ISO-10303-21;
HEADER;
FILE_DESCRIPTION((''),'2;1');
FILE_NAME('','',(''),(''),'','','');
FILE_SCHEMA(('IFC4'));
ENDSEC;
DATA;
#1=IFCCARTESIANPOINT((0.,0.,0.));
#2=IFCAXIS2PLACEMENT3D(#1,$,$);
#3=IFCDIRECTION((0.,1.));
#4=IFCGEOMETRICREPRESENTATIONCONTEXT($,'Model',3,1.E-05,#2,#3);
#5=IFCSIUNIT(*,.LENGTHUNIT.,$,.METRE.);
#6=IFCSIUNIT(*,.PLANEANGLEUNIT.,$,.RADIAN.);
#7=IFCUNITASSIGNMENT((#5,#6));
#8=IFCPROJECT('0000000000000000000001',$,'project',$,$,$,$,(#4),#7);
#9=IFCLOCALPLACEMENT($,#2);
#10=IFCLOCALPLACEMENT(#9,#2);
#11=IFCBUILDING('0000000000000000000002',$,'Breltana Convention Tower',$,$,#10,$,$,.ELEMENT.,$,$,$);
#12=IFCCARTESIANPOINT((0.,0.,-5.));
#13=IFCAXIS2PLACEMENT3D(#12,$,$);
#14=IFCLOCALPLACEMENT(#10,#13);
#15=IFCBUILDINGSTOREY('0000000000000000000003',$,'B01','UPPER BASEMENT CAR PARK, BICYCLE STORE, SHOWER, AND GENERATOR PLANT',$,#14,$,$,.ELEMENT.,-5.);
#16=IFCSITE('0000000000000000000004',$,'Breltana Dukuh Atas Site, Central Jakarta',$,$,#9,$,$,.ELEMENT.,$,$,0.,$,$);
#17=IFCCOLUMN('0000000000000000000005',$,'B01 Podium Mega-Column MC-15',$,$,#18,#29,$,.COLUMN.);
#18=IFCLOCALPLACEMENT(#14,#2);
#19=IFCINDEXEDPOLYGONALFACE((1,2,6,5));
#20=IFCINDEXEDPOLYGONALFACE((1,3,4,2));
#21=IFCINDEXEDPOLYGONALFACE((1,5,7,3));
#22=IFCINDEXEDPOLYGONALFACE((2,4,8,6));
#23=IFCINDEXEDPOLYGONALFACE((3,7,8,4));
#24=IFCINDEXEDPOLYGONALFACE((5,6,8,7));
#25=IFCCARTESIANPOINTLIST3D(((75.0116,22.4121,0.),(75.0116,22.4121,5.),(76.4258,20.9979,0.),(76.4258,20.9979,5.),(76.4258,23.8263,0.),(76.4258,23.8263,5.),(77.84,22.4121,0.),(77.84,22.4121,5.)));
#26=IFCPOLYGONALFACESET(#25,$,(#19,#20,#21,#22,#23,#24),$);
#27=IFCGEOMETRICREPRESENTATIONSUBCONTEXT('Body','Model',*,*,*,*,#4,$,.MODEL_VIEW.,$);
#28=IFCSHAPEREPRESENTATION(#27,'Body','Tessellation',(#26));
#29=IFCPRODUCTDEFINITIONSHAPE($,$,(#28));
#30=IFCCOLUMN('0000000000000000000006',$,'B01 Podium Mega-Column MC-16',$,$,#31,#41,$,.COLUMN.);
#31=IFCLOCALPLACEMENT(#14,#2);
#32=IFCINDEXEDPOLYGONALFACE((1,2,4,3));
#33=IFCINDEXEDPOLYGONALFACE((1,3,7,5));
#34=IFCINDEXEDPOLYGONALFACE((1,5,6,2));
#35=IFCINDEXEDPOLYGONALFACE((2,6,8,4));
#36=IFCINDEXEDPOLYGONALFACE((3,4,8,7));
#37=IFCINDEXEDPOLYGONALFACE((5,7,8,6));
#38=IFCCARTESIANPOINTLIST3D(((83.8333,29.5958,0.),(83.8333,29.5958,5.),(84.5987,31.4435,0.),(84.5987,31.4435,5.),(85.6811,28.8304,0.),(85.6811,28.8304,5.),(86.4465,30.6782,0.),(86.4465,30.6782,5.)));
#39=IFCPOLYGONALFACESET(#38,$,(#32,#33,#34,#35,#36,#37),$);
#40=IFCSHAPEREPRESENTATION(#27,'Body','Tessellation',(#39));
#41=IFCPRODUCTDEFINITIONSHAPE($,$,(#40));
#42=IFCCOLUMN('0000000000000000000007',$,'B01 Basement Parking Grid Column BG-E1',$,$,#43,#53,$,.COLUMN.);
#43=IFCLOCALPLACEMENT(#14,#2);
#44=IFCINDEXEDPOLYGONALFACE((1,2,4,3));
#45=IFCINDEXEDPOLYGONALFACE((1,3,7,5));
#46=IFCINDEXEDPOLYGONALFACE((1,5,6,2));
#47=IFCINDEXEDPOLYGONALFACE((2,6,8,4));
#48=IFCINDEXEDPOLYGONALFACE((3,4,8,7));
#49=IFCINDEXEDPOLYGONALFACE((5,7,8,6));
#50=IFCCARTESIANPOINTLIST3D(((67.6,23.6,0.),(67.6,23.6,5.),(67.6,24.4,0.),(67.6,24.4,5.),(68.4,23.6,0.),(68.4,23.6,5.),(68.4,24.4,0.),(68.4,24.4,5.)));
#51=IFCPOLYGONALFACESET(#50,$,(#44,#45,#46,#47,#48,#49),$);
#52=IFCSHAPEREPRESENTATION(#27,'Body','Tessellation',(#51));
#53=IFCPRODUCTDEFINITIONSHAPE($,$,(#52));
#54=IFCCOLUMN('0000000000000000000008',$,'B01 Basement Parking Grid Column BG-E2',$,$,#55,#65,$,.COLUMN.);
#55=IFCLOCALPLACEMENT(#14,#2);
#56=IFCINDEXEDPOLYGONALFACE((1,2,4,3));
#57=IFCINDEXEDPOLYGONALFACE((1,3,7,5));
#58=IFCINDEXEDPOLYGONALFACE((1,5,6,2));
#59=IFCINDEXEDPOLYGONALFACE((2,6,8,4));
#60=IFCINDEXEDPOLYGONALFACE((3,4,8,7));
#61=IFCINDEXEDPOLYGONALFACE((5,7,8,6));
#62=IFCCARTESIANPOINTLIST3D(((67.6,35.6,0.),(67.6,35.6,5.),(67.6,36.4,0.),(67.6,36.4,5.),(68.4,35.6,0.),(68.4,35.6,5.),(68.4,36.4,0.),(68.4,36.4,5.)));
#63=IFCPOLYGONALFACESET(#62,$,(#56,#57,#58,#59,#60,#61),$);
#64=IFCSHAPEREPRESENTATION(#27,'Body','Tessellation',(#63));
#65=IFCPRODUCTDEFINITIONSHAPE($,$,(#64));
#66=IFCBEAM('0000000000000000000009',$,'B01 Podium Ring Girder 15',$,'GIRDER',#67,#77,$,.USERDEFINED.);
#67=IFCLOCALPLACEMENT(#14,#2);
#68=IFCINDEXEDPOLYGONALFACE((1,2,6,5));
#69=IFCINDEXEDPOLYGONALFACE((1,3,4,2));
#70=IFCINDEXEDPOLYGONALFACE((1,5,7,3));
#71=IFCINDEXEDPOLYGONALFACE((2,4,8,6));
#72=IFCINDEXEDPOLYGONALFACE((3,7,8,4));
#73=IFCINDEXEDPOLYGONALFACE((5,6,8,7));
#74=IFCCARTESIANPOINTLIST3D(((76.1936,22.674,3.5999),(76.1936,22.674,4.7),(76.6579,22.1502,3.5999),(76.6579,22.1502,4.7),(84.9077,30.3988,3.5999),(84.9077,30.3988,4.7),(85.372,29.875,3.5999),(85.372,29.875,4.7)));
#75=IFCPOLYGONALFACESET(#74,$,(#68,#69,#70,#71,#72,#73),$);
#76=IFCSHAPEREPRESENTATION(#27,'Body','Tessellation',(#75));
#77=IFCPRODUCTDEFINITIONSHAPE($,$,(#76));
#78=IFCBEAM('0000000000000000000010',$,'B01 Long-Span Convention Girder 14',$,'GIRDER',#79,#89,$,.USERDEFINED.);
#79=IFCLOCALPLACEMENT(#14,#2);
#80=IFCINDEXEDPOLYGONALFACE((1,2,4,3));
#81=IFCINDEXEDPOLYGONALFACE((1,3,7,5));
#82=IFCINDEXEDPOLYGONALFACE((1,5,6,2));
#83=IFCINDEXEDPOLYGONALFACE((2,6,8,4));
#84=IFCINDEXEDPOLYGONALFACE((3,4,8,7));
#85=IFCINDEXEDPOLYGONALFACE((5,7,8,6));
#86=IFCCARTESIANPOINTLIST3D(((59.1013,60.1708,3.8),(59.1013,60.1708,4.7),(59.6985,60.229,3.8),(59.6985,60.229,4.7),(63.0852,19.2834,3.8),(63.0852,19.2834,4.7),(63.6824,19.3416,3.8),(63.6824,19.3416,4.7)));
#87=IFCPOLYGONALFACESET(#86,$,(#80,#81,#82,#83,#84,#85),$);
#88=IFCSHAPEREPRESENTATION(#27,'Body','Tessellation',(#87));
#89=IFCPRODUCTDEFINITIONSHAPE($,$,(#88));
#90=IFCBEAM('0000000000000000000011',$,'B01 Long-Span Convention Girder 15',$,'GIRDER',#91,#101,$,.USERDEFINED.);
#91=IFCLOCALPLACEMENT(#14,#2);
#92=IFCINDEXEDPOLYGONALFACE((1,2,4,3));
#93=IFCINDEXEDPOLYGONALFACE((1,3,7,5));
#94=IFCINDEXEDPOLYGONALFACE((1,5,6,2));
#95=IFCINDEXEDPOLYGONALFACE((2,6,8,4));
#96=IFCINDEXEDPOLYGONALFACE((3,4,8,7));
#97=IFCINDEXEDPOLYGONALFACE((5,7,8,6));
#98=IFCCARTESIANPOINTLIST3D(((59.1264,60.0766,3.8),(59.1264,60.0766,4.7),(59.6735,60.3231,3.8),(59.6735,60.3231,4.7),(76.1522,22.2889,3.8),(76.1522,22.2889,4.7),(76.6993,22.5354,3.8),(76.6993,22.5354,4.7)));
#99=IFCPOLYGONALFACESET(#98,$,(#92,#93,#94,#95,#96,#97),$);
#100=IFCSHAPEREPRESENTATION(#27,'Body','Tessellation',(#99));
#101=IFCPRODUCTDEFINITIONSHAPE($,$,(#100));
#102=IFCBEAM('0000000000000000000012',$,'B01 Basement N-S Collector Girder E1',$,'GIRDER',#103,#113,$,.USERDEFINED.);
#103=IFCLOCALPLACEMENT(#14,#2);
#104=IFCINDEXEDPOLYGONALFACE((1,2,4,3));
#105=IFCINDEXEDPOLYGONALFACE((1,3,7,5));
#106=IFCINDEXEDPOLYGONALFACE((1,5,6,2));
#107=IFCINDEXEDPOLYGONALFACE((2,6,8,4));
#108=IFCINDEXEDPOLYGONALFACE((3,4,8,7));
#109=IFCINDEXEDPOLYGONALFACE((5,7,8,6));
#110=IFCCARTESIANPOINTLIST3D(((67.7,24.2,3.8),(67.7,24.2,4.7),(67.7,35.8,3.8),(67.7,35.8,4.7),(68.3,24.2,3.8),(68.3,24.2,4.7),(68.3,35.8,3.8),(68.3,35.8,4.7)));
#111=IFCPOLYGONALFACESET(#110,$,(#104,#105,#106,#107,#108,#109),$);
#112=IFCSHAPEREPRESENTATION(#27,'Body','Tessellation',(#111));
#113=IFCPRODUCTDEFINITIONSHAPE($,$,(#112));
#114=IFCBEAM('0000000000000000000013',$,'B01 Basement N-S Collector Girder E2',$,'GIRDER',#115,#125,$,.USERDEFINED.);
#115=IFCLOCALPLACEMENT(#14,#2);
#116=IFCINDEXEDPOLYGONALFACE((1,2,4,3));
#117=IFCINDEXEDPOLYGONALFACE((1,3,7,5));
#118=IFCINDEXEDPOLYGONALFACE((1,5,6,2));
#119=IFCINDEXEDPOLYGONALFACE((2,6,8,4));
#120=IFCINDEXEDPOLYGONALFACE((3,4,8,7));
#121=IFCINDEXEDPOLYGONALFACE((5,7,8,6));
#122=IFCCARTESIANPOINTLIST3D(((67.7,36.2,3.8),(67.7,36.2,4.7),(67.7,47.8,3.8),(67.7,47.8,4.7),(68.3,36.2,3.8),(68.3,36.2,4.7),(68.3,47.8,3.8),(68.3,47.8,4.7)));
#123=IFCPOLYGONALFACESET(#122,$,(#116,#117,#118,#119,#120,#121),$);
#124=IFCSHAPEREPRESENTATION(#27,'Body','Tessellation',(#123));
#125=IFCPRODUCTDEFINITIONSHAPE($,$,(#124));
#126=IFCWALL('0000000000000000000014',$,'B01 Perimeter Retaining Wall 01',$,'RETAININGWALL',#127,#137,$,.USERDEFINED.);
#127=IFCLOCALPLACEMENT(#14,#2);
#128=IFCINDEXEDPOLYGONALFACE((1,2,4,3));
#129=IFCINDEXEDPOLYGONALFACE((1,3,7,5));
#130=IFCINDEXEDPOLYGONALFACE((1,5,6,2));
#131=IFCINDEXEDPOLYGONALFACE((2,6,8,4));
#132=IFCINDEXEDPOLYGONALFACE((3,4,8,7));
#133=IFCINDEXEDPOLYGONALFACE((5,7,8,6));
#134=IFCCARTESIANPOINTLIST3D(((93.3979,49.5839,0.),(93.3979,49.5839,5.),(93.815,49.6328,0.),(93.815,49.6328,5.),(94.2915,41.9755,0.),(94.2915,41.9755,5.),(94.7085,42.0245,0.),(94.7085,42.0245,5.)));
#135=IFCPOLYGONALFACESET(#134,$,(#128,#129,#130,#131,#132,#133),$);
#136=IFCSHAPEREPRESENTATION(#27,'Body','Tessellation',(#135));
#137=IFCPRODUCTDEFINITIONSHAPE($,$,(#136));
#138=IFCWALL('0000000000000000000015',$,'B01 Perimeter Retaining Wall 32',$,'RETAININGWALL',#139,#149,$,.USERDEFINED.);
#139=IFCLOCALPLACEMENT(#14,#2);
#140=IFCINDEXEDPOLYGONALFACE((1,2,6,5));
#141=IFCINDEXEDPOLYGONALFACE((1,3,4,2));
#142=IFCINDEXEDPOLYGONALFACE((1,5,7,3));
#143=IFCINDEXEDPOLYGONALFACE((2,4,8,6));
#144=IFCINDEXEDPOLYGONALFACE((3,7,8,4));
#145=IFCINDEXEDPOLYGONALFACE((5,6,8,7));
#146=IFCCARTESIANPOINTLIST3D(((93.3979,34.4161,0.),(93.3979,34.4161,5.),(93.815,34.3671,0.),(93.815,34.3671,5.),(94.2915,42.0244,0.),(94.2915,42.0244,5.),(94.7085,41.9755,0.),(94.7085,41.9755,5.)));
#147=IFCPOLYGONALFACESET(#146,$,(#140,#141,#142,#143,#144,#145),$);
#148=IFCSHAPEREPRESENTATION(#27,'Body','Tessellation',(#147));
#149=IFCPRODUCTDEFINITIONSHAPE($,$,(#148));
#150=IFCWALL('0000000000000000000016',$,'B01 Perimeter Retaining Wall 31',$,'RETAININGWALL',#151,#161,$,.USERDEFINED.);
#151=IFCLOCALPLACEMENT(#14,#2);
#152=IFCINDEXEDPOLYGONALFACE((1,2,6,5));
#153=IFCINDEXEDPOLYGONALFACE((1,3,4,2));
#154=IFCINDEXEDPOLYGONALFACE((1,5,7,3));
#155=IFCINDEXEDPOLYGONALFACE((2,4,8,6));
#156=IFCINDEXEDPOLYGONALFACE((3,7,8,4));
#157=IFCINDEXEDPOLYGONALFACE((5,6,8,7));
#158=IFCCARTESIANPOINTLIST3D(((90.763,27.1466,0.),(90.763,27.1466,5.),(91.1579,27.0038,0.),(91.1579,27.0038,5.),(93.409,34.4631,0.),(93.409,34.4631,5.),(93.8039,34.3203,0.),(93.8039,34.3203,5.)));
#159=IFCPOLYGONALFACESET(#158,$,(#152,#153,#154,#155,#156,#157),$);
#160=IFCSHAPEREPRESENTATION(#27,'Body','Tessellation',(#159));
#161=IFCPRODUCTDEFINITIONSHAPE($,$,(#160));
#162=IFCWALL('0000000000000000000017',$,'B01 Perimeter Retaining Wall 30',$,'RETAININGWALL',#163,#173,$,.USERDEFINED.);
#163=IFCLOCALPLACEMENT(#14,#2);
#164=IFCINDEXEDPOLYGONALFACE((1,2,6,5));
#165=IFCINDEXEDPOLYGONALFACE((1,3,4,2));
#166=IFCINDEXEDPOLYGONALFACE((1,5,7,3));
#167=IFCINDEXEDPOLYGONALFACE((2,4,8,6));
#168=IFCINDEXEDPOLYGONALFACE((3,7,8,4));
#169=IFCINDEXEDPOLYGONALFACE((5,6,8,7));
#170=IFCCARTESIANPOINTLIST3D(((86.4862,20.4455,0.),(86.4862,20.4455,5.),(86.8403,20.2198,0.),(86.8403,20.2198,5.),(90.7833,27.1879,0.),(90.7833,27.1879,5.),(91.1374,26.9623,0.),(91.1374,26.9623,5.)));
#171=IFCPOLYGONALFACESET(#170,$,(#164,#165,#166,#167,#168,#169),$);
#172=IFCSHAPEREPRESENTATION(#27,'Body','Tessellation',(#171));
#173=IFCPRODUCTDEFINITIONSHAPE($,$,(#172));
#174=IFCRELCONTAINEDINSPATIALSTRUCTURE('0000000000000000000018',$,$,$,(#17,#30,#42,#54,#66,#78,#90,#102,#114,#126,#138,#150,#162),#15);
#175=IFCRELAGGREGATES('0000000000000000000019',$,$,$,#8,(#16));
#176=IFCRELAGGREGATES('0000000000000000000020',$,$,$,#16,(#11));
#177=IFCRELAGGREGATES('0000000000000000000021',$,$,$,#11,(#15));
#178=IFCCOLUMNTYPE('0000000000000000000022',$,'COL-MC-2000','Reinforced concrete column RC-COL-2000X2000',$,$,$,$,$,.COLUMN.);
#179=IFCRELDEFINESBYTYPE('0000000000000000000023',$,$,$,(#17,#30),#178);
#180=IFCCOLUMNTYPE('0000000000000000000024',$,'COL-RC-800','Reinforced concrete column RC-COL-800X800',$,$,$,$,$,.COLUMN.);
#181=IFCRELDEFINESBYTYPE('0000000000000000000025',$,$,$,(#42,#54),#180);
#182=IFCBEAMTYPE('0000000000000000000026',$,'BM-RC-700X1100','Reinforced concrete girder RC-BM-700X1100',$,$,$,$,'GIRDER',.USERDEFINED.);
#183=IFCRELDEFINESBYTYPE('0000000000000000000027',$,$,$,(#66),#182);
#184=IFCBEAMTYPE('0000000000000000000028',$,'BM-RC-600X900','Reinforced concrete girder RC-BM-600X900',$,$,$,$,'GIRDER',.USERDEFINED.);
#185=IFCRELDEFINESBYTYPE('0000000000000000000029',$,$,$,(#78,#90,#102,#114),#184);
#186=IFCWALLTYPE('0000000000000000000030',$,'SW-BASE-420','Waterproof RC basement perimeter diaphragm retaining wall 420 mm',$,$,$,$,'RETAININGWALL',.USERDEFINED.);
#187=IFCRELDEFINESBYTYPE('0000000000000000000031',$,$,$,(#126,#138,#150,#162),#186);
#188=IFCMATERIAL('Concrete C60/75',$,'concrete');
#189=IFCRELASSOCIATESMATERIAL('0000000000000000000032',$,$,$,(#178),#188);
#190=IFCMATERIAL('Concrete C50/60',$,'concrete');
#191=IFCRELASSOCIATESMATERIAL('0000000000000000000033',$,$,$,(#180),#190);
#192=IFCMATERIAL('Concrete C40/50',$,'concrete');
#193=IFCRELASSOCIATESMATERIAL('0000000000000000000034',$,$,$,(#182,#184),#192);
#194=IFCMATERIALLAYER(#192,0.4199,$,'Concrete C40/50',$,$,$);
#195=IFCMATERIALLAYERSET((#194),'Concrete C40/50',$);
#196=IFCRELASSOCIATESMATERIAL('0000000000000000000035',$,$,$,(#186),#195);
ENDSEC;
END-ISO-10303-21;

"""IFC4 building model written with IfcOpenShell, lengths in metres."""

from ifc_helpers import new_model, si_unit, direction, frame, frame_2d, origin, origin_2d, place, context, subcontext, project, spatial, rectangle, extrude, source, transform, mapped, material, layer, layer_set, material_profile, profile_set, type_object, type_shapes, element, save


model = new_model("IFC4")

# Units and contexts
model_context = context("Model", 3, precision=1e-05, world=origin(), true_north=direction((0.0, 1.0)))
body_context = subcontext(model_context, "Body", "Model", "MODEL_VIEW")
ifc_project = project(units=[si_unit("LENGTHUNIT", "METRE"), si_unit("PLANEANGLEUNIT", "RADIAN")], contexts=[model_context])

# Site, building, storey
site_placement = place(None, origin())
site = spatial("IfcSite", under=ifc_project, at=site_placement, Name="Breltana Dukuh Atas Site, Central Jakarta", CompositionType="ELEMENT", RefElevation=0.0)
building_placement = place(site_placement, origin())
building = spatial("IfcBuilding", under=site, at=building_placement, Name="Breltana Convention Tower", CompositionType="ELEMENT")
storey_placement = place(building_placement, frame((0.0, 0.0, -5.0)))
storey = spatial("IfcBuildingStorey", under=building, at=storey_placement, Name="B01", Description="UPPER BASEMENT CAR PARK, BICYCLE STORE, SHOWER, AND GENERATOR PLANT", CompositionType="ELEMENT", Elevation=-5.0)

# Columns
ifc_material_1 = material(Name="Concrete C60/75", Category="concrete")
ifc_material_profile_1 = material_profile(ifc_material_1, rectangle(XDim=2.0, YDim=2.0, at=origin_2d()), Name="RC-COL-2000X2000")
ifc_profile_set_1 = profile_set([ifc_material_profile_1], Name="Concrete C60/75")
column_type_1 = type_object("IfcColumnType", Name="COL-MC-2000", Description="Reinforced concrete column RC-COL-2000X2000", PredefinedType="COLUMN", material=ifc_profile_set_1)
shared_shape_1 = source(origin(), body_context, "Body", "SweptSolid", [
    extrude(rectangle(XDim=2.0, YDim=2.0, at=origin_2d()), origin(), (0.0, 0.0, 1.0), 5.0),
])
type_shapes(column_type_1, [shared_shape_1])
for number, where, z_axis, x_axis, name in (
    (1, (76.4258, 22.4121, 0.0), (0.0, 0.0, 1.0), (0.707107, -0.707107, 0.0), "B01 Podium Mega-Column MC-15"),
    (2, (85.1399, 30.137, 0.0), (0.0, 0.0, 1.0), (0.92388, -0.382683, 0.0), "B01 Podium Mega-Column MC-16"),
):
    element("IfcColumn", number, at=place(storey_placement, frame(where, z_axis=z_axis, x_axis=x_axis)), inside=storey, type_object=column_type_1, Name=name, PredefinedType="COLUMN", context=body_context, shape_type="MappedRepresentation", body=[
        mapped(shared_shape_1, transform((0.0, 0.0, 0.0), scale=1.0)),
    ])
ifc_material_2 = material(Name="Concrete C50/60", Category="concrete")
ifc_material_profile_2 = material_profile(ifc_material_2, rectangle(XDim=0.8, YDim=0.8, at=origin_2d()), Name="RC-COL-800X800")
ifc_profile_set_2 = profile_set([ifc_material_profile_2], Name="Concrete C50/60")
column_type_2 = type_object("IfcColumnType", Name="COL-RC-800", Description="Reinforced concrete column RC-COL-800X800", PredefinedType="COLUMN", material=ifc_profile_set_2)
shared_shape_2 = source(origin(), body_context, "Body", "SweptSolid", [
    extrude(rectangle(XDim=0.8, YDim=0.8, at=origin_2d()), origin(), (0.0, 0.0, 1.0), 5.0),
])
type_shapes(column_type_2, [shared_shape_2])
for number, where, z_axis, x_axis, name in (
    (3, (68.0, 24.0, 0.0), (0.0, 0.0, 1.0), (1.0, 0.0, 0.0), "B01 Basement Parking Grid Column BG-E1"),
    (4, (68.0, 36.0, 0.0), (0.0, 0.0, 1.0), (1.0, 0.0, 0.0), "B01 Basement Parking Grid Column BG-E2"),
):
    element("IfcColumn", number, at=place(storey_placement, frame(where, z_axis=z_axis, x_axis=x_axis)), inside=storey, type_object=column_type_2, Name=name, PredefinedType="COLUMN", context=body_context, shape_type="MappedRepresentation", body=[
        mapped(shared_shape_2, transform((0.0, 0.0, 0.0), scale=1.0)),
    ])

# Beams
ifc_material_3 = material(Name="Concrete C40/50", Category="concrete")
ifc_material_profile_3 = material_profile(ifc_material_3, rectangle(XDim=0.7, YDim=1.1001, at=origin_2d()), Name="RC-BM-700X1100")
ifc_profile_set_3 = profile_set([ifc_material_profile_3], Name="Concrete C40/50")
beam_type_1 = type_object("IfcBeamType", Name="BM-RC-700X1100", Description="Reinforced concrete girder RC-BM-700X1100", ElementType="GIRDER", PredefinedType="USERDEFINED", material=ifc_profile_set_3)
shared_shape_3 = source(origin(), body_context, "Body", "SweptSolid", [
    extrude(rectangle(XDim=0.7, YDim=1.1001, at=origin_2d()), origin(), (0.0, 0.0, 1.0), 11.645),
])
beam_1_placement = place(storey_placement, frame((76.4258, 22.4121, 4.1499), z_axis=(0.748305, 0.663355, 0.0), x_axis=(-0.663355, 0.748305, 0.0)))
element("IfcBeam", 5, at=beam_1_placement, inside=storey, type_object=beam_type_1, Name="B01 Podium Ring Girder 15", ObjectType="GIRDER", PredefinedType="USERDEFINED", context=body_context, shape_type="MappedRepresentation", body=[
    mapped(shared_shape_3, transform((0.0, 0.0, 0.0), scale=1.0)),
])
ifc_material_profile_4 = material_profile(ifc_material_3, rectangle(XDim=0.6001, YDim=0.8999, at=origin_2d()), Name="RC-BM-600X900")
ifc_profile_set_4 = profile_set([ifc_material_profile_4], Name="Concrete C40/50")
beam_type_2 = type_object("IfcBeamType", Name="BM-RC-600X900", Description="Reinforced concrete girder RC-BM-600X900", ElementType="GIRDER", PredefinedType="USERDEFINED", material=ifc_profile_set_4)
shared_shape_4 = source(origin(), body_context, "Body", "SweptSolid", [
    extrude(rectangle(XDim=0.6001, YDim=0.8999, at=origin_2d()), origin(), (0.0, 0.0, 1.0), 41.0811),
])
beam_2_placement = place(storey_placement, frame((63.3838, 19.3125, 4.25), z_axis=(-0.096976, 0.995287, 0.0), x_axis=(-0.995287, -0.096976, 0.0)))
element("IfcBeam", 6, at=beam_2_placement, inside=storey, type_object=beam_type_2, Name="B01 Long-Span Convention Girder 14", ObjectType="GIRDER", PredefinedType="USERDEFINED", context=body_context, shape_type="MappedRepresentation", body=[
    mapped(shared_shape_4, transform((0.0, 0.0, 0.0), scale=1.0)),
])
shared_shape_5 = source(origin(), body_context, "Body", "SweptSolid", [
    extrude(rectangle(XDim=0.6001, YDim=0.8999, at=origin_2d()), origin(), (0.0, 0.0, 1.0), 41.4463),
])
beam_3_placement = place(storey_placement, frame((76.4258, 22.4121, 4.25), z_axis=(-0.410793, 0.911729, 0.0), x_axis=(-0.911729, -0.410793, 0.0)))
element("IfcBeam", 7, at=beam_3_placement, inside=storey, type_object=beam_type_2, Name="B01 Long-Span Convention Girder 15", ObjectType="GIRDER", PredefinedType="USERDEFINED", context=body_context, shape_type="MappedRepresentation", body=[
    mapped(shared_shape_5, transform((0.0, 0.0, 0.0), scale=1.0)),
])
shared_shape_6 = source(origin(), body_context, "Body", "SweptSolid", [
    extrude(rectangle(XDim=0.6001, YDim=0.8999, at=origin_2d()), origin(), (0.0, 0.0, 1.0), 11.6001),
])
for number, where, z_axis, x_axis, name in (
    (8, (68.0, 24.2, 4.25), (0.0, 1.0, 0.0), (-1.0, 0.0, 0.0), "B01 Basement N-S Collector Girder E1"),
    (9, (68.0, 36.2, 4.25), (0.0, 1.0, 0.0), (-1.0, 0.0, 0.0), "B01 Basement N-S Collector Girder E2"),
):
    element("IfcBeam", number, at=place(storey_placement, frame(where, z_axis=z_axis, x_axis=x_axis)), inside=storey, type_object=beam_type_2, Name=name, ObjectType="GIRDER", PredefinedType="USERDEFINED", context=body_context, shape_type="MappedRepresentation", body=[
        mapped(shared_shape_6, transform((0.0, 0.0, 0.0), scale=1.0)),
    ])

# Walls
ifc_layer_1 = layer(ifc_material_3, 0.4199, Name="Concrete C40/50")
ifc_layer_set_1 = layer_set([ifc_layer_1], Name="Concrete C40/50")
wall_type_1 = type_object("IfcWallType", Name="SW-BASE-420", Description="Waterproof RC basement perimeter diaphragm retaining wall 420 mm", ElementType="RETAININGWALL", PredefinedType="USERDEFINED", material=ifc_layer_set_1)
shared_shape_7 = source(origin(), body_context, "Body", "SweptSolid", [
    extrude(rectangle(XDim=7.6606, YDim=0.4199, at=frame_2d((3.8303, 0.0))), origin(), (0.0, 0.0, 1.0), 5.0),
])
for number, where, z_axis, x_axis, name in (
    (10, (94.5, 42.0, 0.0), (0.0, 0.0, 1.0), (-0.116642, 0.993174, 0.0), "B01 Perimeter Retaining Wall 01"),
    (11, (93.6064, 34.3916, 0.0), (0.0, 0.0, 1.0), (0.116642, 0.993174, 0.0), "B01 Perimeter Retaining Wall 32"),
):
    element("IfcWall", number, at=place(storey_placement, frame(where, z_axis=z_axis, x_axis=x_axis)), inside=storey, type_object=wall_type_1, Name=name, ObjectType="RETAININGWALL", PredefinedType="USERDEFINED", context=body_context, shape_type="MappedRepresentation", body=[
        mapped(shared_shape_7, transform((0.0, 0.0, 0.0), scale=1.0)),
    ])
shared_shape_8 = source(origin(), body_context, "Body", "SweptSolid", [
    extrude(rectangle(XDim=7.7803, YDim=0.4199, at=frame_2d((3.8901, 0.0))), origin(), (0.0, 0.0, 1.0), 5.0),
])
wall_1_placement = place(storey_placement, frame((90.9604, 27.0752, 0.0), z_axis=(0.0, 0.0, 1.0), x_axis=(0.340095, 0.940391, 0.0)))
element("IfcWall", 12, at=wall_1_placement, inside=storey, type_object=wall_type_1, Name="B01 Perimeter Retaining Wall 31", ObjectType="RETAININGWALL", PredefinedType="USERDEFINED", context=body_context, shape_type="MappedRepresentation", body=[
    mapped(shared_shape_8, transform((0.0, 0.0, 0.0), scale=1.0)),
])
shared_shape_9 = source(origin(), body_context, "Body", "SweptSolid", [
    extrude(rectangle(XDim=7.9954, YDim=0.4199, at=frame_2d((3.9976, 0.0))), origin(), (0.0, 0.0, 1.0), 5.0),
])
wall_2_placement = place(storey_placement, frame((86.6633, 20.3328, 0.0), z_axis=(0.0, 0.0, 1.0), x_axis=(0.537452, 0.843294, 0.0)))
element("IfcWall", 13, at=wall_2_placement, inside=storey, type_object=wall_type_1, Name="B01 Perimeter Retaining Wall 30", ObjectType="RETAININGWALL", PredefinedType="USERDEFINED", context=body_context, shape_type="MappedRepresentation", body=[
    mapped(shared_shape_9, transform((0.0, 0.0, 0.0), scale=1.0)),
])

save(model, "model.ifc")
